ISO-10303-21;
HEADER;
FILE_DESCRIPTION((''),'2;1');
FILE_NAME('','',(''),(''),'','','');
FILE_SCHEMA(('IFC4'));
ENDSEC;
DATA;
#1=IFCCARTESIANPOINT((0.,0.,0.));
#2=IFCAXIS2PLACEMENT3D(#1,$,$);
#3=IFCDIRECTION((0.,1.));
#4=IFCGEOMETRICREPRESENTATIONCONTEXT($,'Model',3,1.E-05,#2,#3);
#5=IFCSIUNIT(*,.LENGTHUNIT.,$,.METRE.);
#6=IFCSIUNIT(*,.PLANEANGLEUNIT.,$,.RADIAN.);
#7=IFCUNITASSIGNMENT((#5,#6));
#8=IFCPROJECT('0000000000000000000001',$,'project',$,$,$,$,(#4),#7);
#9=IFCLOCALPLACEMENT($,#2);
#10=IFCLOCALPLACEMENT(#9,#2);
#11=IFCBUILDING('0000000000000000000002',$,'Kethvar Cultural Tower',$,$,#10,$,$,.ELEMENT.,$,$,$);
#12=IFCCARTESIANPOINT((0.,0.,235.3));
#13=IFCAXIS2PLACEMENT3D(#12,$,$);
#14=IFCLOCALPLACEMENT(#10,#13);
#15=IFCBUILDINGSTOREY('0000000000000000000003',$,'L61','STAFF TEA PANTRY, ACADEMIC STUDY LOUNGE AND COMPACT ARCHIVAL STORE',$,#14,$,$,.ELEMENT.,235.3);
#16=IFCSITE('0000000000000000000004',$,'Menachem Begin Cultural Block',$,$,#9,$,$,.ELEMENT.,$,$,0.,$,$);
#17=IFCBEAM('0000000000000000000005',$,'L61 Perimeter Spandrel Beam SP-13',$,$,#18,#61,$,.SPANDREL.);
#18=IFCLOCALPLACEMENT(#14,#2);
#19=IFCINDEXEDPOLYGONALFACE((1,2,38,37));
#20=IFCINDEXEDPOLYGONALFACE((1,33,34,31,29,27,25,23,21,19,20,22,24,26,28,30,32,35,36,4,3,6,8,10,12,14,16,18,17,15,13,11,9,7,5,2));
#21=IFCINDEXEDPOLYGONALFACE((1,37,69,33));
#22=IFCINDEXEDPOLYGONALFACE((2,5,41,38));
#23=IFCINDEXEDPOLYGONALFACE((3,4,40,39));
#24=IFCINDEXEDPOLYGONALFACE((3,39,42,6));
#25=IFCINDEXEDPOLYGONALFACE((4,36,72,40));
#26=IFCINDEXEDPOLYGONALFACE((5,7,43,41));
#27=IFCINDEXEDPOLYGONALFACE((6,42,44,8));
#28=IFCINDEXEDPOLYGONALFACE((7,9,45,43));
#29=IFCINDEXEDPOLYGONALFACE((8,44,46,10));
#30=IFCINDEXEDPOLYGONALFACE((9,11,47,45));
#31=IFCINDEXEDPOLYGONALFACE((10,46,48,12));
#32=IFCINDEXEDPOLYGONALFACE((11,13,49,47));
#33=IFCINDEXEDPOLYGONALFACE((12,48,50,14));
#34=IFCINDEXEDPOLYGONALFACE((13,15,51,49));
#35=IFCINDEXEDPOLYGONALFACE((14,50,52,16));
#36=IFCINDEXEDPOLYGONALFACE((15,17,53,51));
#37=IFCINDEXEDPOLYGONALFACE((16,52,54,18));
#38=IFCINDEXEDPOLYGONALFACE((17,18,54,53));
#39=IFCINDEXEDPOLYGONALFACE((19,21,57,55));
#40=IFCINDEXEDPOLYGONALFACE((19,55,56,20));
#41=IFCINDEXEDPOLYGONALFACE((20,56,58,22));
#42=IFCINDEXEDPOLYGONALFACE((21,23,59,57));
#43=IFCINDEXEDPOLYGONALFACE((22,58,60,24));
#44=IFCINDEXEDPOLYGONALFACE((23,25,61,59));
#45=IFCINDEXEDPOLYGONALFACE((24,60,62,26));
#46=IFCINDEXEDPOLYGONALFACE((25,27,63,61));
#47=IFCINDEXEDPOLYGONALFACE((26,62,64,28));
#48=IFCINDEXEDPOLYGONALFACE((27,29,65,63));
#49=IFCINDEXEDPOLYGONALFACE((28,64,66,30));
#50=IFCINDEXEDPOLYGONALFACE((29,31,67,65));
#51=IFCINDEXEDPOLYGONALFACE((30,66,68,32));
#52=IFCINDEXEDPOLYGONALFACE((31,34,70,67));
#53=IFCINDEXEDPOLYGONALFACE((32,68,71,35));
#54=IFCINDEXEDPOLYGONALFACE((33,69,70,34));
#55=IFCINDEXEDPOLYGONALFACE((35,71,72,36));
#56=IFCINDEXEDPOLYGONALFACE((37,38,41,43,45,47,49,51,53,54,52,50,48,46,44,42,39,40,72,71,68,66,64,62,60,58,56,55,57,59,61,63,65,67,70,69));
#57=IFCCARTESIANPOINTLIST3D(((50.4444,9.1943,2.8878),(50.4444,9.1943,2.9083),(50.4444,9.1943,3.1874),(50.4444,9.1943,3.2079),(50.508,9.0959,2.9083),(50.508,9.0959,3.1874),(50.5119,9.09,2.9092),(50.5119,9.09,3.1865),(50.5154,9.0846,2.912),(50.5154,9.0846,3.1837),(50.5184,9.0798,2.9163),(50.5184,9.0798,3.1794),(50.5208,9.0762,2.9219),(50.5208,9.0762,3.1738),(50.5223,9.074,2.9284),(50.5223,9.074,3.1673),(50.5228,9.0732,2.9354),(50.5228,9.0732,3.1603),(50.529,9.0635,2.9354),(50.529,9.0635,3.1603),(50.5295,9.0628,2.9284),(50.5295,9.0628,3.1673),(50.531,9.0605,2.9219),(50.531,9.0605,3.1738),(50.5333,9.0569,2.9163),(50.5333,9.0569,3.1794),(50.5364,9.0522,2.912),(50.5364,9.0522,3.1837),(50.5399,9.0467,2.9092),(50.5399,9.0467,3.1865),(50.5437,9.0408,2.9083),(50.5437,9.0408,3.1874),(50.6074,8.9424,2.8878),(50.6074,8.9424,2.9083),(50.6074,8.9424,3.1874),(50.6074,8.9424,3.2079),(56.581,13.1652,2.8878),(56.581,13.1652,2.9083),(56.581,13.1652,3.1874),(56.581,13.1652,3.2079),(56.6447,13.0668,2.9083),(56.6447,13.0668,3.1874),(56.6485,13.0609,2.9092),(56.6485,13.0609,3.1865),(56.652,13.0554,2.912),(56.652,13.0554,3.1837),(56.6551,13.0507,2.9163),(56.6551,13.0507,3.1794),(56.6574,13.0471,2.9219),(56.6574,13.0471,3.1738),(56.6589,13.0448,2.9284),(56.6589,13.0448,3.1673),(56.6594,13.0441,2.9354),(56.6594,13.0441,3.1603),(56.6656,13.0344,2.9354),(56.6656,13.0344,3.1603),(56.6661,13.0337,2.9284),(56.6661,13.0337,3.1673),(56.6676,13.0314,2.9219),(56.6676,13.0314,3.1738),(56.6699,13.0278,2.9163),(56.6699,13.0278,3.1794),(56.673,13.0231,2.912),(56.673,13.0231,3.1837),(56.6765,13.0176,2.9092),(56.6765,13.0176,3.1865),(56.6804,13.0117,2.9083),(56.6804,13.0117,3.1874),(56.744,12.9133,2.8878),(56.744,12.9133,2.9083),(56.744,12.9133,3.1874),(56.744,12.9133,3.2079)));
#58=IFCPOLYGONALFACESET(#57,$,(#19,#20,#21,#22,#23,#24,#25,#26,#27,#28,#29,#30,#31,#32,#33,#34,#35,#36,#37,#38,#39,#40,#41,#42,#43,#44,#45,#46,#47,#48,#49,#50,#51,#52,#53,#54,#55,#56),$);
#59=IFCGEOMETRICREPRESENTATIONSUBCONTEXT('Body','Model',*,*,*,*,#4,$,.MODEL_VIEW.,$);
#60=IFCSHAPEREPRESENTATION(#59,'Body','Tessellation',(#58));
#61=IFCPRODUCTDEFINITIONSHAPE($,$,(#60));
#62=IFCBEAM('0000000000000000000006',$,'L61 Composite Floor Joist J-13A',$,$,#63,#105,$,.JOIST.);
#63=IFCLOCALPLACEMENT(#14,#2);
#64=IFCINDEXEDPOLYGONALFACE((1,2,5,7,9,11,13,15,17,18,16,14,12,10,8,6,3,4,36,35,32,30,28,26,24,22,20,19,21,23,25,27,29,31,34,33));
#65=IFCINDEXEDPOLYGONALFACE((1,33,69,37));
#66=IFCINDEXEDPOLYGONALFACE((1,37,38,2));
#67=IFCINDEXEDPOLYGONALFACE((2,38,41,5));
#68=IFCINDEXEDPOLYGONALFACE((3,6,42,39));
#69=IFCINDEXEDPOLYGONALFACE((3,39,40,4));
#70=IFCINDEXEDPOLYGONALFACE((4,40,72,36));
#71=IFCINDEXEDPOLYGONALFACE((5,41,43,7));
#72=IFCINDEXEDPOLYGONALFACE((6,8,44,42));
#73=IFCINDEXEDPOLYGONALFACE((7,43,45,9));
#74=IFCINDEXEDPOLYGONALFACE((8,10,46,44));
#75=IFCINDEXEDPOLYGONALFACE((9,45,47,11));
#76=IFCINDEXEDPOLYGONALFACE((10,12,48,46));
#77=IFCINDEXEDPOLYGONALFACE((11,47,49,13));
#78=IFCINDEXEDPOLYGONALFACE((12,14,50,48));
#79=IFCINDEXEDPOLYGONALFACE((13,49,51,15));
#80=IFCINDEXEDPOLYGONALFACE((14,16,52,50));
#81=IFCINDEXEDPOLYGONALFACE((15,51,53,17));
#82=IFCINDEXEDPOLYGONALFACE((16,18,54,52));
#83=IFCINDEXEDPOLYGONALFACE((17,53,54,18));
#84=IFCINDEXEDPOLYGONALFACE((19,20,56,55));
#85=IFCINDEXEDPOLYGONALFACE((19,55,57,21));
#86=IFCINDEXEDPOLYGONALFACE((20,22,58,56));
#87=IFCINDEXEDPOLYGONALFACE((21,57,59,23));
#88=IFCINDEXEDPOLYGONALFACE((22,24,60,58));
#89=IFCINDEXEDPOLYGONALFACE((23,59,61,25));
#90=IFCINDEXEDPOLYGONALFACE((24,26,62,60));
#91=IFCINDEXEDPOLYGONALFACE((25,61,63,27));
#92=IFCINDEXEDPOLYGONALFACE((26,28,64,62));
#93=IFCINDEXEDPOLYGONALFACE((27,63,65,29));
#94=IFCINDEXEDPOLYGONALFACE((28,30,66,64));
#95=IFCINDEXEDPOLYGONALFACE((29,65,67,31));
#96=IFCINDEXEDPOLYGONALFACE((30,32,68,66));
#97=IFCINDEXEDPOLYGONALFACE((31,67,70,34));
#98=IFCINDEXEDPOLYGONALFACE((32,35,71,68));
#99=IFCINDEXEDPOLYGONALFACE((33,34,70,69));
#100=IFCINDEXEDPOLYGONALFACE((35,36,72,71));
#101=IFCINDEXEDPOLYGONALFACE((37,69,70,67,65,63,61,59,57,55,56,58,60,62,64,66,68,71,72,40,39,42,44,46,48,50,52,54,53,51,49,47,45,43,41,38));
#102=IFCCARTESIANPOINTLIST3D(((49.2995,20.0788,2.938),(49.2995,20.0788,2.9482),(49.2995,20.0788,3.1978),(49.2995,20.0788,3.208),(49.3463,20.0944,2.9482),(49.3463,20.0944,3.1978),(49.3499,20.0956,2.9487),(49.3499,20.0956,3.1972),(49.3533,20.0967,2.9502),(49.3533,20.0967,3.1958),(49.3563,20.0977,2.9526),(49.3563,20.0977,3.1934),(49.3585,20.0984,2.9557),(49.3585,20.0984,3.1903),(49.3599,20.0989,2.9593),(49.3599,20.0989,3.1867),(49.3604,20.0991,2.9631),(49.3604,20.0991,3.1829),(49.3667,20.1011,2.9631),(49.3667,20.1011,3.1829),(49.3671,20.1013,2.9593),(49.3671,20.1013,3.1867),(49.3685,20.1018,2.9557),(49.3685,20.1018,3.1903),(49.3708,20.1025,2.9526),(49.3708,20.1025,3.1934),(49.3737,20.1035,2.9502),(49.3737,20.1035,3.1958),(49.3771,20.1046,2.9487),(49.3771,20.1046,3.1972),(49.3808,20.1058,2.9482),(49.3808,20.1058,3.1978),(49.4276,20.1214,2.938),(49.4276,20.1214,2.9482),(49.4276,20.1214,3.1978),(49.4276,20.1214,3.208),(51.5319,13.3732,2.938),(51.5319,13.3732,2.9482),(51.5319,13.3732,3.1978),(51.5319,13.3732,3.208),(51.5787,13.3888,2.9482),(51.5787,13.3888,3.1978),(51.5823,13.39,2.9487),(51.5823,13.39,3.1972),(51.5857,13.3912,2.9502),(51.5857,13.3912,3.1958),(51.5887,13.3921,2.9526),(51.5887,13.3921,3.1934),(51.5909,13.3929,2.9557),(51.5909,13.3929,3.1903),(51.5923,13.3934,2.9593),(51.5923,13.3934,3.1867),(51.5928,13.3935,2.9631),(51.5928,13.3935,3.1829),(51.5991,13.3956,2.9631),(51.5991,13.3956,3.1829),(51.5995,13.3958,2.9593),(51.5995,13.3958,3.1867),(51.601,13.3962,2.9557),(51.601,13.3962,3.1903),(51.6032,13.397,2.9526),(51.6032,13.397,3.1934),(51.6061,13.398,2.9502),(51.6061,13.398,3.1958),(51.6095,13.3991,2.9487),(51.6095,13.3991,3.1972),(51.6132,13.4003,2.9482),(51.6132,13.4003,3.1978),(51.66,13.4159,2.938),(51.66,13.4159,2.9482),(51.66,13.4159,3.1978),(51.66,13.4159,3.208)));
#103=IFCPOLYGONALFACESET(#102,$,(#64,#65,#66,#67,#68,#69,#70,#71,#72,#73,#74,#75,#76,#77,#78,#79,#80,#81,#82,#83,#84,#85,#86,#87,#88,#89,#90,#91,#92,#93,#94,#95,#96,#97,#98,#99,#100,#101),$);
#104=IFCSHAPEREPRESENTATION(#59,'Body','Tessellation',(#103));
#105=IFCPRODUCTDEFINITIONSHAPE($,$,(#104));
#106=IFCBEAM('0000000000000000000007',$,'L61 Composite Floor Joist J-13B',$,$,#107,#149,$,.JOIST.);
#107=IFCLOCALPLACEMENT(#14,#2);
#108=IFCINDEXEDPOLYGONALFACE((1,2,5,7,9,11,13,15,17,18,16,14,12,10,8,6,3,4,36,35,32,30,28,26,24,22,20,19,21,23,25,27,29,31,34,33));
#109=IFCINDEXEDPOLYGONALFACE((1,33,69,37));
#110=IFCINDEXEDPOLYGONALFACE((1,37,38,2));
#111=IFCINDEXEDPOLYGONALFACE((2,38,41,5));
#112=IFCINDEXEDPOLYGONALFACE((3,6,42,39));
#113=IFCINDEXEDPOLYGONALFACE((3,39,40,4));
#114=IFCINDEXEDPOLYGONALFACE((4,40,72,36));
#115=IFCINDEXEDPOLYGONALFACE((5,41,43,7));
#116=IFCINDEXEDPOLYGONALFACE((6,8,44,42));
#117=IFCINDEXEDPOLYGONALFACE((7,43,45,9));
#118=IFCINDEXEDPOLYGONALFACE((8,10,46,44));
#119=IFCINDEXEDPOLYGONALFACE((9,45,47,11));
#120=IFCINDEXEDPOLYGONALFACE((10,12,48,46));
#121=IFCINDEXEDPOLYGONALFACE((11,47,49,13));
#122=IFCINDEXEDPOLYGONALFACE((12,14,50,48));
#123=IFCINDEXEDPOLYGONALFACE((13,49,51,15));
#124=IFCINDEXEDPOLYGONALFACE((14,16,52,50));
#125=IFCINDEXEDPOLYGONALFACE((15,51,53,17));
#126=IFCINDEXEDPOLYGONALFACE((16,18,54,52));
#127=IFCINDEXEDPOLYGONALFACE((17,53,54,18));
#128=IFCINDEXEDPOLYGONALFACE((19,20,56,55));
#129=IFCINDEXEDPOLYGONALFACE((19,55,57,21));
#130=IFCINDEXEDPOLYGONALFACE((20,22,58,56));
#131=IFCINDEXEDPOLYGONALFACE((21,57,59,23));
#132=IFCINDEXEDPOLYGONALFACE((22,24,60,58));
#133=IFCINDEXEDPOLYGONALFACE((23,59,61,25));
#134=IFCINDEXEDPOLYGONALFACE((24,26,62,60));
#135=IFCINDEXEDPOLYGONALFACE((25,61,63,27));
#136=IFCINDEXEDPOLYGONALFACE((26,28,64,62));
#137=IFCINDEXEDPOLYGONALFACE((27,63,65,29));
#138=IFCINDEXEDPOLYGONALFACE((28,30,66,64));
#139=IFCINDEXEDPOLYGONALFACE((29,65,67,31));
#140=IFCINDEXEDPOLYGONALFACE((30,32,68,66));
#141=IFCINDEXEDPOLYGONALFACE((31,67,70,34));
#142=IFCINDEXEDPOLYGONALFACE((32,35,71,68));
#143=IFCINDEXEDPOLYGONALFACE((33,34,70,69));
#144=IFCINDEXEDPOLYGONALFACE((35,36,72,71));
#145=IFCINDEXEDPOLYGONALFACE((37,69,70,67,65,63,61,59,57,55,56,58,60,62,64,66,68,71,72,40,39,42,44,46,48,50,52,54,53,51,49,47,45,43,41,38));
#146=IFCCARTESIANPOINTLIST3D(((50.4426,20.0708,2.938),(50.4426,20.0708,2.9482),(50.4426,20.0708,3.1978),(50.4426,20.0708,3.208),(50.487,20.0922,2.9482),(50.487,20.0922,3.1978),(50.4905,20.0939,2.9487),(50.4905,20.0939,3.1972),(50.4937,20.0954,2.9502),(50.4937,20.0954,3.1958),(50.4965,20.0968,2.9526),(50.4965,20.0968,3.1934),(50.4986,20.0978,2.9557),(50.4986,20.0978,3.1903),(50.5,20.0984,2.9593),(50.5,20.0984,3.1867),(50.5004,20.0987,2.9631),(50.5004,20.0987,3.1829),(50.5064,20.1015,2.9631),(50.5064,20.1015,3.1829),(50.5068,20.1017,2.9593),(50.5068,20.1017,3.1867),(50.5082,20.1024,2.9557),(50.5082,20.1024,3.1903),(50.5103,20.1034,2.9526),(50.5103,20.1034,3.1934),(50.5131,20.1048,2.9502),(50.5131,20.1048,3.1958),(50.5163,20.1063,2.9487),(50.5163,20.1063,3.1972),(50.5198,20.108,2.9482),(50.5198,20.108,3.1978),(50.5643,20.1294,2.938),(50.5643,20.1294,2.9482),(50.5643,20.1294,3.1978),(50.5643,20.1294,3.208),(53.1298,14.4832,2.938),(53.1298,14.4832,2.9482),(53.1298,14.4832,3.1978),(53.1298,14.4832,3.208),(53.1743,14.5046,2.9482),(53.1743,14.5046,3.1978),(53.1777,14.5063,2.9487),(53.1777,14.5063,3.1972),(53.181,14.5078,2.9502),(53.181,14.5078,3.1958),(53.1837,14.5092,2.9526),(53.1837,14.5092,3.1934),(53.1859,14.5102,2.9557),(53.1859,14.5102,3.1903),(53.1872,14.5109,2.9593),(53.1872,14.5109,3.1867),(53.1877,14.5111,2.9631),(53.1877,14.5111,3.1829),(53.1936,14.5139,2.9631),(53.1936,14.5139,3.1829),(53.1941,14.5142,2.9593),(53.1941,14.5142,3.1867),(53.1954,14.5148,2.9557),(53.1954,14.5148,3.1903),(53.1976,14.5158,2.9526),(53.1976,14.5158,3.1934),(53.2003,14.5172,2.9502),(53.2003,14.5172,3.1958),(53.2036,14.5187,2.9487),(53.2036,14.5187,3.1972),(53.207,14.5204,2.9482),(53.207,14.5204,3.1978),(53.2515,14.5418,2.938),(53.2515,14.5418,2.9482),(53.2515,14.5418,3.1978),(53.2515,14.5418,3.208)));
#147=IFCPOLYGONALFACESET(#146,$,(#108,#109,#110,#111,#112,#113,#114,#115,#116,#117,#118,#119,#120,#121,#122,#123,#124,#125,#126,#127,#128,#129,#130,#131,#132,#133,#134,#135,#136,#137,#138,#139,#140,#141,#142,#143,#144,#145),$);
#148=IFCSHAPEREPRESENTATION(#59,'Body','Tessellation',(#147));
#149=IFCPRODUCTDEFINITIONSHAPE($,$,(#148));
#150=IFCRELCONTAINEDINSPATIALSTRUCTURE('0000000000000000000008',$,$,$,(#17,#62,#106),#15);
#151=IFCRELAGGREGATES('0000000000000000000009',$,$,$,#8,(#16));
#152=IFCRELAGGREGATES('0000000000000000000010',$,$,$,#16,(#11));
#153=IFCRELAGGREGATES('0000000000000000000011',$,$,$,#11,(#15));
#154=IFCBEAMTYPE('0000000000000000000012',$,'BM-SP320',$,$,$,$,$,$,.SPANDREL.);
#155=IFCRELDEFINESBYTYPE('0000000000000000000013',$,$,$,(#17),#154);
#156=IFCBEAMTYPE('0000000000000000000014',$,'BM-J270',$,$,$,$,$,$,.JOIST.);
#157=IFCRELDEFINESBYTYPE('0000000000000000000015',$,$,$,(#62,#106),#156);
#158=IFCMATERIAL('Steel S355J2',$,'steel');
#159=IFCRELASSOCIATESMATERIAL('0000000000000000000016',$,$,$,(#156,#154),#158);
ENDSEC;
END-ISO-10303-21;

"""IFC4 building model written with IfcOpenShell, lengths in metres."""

from ifc_helpers import new_model, si_unit, direction, frame, origin, origin_2d, place, context, subcontext, project, spatial, i_section, extrude, source, transform, mapped, material, material_profile, profile_set, type_object, element, save


model = new_model("IFC4")

# Units and contexts
model_context = context("Model", 3, precision=1e-05, world=origin(), true_north=direction((0.0, 1.0)))
body_context = subcontext(model_context, "Body", "Model", "MODEL_VIEW")
ifc_project = project(units=[si_unit("LENGTHUNIT", "METRE"), si_unit("PLANEANGLEUNIT", "RADIAN")], contexts=[model_context])

# Site, building, storey
site_placement = place(None, origin())
site = spatial("IfcSite", under=ifc_project, at=site_placement, Name="Menachem Begin Cultural Block", CompositionType="ELEMENT", RefElevation=0.0)
building_placement = place(site_placement, origin())
building = spatial("IfcBuilding", under=site, at=building_placement, Name="Kethvar Cultural Tower", CompositionType="ELEMENT")
storey_placement = place(building_placement, frame((0.0, 0.0, 235.3)))
storey = spatial("IfcBuildingStorey", under=building, at=storey_placement, Name="L61", Description="STAFF TEA PANTRY, ACADEMIC STUDY LOUNGE AND COMPACT ARCHIVAL STORE", CompositionType="ELEMENT", Elevation=235.3)

# Beams
ifc_material_1 = material(Name="Steel S355J2", Category="steel")
ifc_material_profile_1 = material_profile(ifc_material_1, i_section(OverallWidth=0.135, OverallDepth=0.27, WebThickness=0.0066, FlangeThickness=0.0103, FilletRadius=0.0149, at=origin_2d()), Name="Steel S355J2 — IPE270")
ifc_profile_set_1 = profile_set([ifc_material_profile_1], Name="Steel S355J2 — IPE270")
beam_type_1 = type_object("IfcBeamType", Name="BM-J270", PredefinedType="JOIST", material=ifc_profile_set_1)
ifc_material_profile_2 = material_profile(ifc_material_1, i_section(OverallWidth=0.3, OverallDepth=0.3201, WebThickness=0.0115, FlangeThickness=0.0205, FilletRadius=0.0271, at=origin_2d()), Name="Steel S355J2 — HEB320")
ifc_profile_set_2 = profile_set([ifc_material_profile_2], Name="Steel S355J2 — HEB320")
beam_type_2 = type_object("IfcBeamType", Name="BM-SP320", PredefinedType="SPANDREL", material=ifc_profile_set_2)
shared_shape_1 = source(origin(), body_context, "Body", "SweptSolid", [
    extrude(i_section(OverallWidth=0.3, OverallDepth=0.3201, WebThickness=0.0115, FlangeThickness=0.0205, FilletRadius=0.0271, at=origin_2d()), origin(), (0.0, 0.0, 1.0), 7.3093),
])
beam_1_placement = place(storey_placement, frame((50.5259, 9.0684, 3.0479), z_axis=(0.839562, 0.543264, 0.0), x_axis=(-0.543264, 0.839562, 0.0)))
element("IfcBeam", 1, at=beam_1_placement, inside=storey, type_object=beam_type_2, Name="L61 Perimeter Spandrel Beam SP-13", PredefinedType="SPANDREL", context=body_context, shape_type="MappedRepresentation", body=[
    mapped(shared_shape_1, transform((0.0, 0.0, 0.0), scale=1.0)),
])
shared_shape_2 = source(origin(), body_context, "Body", "SweptSolid", [
    extrude(i_section(OverallWidth=0.135, OverallDepth=0.27, WebThickness=0.0066, FlangeThickness=0.0103, FilletRadius=0.0149, at=origin_2d()), origin(), (0.0, 0.0, 1.0), 7.0674),
])
beam_2_placement = place(storey_placement, frame((49.3635, 20.1001, 3.073), z_axis=(0.315875, -0.948801, 0.0), x_axis=(0.948801, 0.315875, 0.0)))
element("IfcBeam", 2, at=beam_2_placement, inside=storey, type_object=beam_type_1, Name="L61 Composite Floor Joist J-13A", PredefinedType="JOIST", context=body_context, shape_type="MappedRepresentation", body=[
    mapped(shared_shape_2, transform((0.0, 0.0, 0.0), scale=1.0)),
])
shared_shape_3 = source(origin(), body_context, "Body", "SweptSolid", [
    extrude(i_section(OverallWidth=0.135, OverallDepth=0.27, WebThickness=0.0066, FlangeThickness=0.0103, FilletRadius=0.0149, at=origin_2d()), origin(), (0.0, 0.0, 1.0), 6.2002),
])
beam_3_placement = place(storey_placement, frame((50.5034, 20.1001, 3.073), z_axis=(0.433411, -0.901197, 0.0), x_axis=(0.901197, 0.433411, 0.0)))
element("IfcBeam", 3, at=beam_3_placement, inside=storey, type_object=beam_type_1, Name="L61 Composite Floor Joist J-13B", PredefinedType="JOIST", context=body_context, shape_type="MappedRepresentation", body=[
    mapped(shared_shape_3, transform((0.0, 0.0, 0.0), scale=1.0)),
])

save(model, "model.ifc")
